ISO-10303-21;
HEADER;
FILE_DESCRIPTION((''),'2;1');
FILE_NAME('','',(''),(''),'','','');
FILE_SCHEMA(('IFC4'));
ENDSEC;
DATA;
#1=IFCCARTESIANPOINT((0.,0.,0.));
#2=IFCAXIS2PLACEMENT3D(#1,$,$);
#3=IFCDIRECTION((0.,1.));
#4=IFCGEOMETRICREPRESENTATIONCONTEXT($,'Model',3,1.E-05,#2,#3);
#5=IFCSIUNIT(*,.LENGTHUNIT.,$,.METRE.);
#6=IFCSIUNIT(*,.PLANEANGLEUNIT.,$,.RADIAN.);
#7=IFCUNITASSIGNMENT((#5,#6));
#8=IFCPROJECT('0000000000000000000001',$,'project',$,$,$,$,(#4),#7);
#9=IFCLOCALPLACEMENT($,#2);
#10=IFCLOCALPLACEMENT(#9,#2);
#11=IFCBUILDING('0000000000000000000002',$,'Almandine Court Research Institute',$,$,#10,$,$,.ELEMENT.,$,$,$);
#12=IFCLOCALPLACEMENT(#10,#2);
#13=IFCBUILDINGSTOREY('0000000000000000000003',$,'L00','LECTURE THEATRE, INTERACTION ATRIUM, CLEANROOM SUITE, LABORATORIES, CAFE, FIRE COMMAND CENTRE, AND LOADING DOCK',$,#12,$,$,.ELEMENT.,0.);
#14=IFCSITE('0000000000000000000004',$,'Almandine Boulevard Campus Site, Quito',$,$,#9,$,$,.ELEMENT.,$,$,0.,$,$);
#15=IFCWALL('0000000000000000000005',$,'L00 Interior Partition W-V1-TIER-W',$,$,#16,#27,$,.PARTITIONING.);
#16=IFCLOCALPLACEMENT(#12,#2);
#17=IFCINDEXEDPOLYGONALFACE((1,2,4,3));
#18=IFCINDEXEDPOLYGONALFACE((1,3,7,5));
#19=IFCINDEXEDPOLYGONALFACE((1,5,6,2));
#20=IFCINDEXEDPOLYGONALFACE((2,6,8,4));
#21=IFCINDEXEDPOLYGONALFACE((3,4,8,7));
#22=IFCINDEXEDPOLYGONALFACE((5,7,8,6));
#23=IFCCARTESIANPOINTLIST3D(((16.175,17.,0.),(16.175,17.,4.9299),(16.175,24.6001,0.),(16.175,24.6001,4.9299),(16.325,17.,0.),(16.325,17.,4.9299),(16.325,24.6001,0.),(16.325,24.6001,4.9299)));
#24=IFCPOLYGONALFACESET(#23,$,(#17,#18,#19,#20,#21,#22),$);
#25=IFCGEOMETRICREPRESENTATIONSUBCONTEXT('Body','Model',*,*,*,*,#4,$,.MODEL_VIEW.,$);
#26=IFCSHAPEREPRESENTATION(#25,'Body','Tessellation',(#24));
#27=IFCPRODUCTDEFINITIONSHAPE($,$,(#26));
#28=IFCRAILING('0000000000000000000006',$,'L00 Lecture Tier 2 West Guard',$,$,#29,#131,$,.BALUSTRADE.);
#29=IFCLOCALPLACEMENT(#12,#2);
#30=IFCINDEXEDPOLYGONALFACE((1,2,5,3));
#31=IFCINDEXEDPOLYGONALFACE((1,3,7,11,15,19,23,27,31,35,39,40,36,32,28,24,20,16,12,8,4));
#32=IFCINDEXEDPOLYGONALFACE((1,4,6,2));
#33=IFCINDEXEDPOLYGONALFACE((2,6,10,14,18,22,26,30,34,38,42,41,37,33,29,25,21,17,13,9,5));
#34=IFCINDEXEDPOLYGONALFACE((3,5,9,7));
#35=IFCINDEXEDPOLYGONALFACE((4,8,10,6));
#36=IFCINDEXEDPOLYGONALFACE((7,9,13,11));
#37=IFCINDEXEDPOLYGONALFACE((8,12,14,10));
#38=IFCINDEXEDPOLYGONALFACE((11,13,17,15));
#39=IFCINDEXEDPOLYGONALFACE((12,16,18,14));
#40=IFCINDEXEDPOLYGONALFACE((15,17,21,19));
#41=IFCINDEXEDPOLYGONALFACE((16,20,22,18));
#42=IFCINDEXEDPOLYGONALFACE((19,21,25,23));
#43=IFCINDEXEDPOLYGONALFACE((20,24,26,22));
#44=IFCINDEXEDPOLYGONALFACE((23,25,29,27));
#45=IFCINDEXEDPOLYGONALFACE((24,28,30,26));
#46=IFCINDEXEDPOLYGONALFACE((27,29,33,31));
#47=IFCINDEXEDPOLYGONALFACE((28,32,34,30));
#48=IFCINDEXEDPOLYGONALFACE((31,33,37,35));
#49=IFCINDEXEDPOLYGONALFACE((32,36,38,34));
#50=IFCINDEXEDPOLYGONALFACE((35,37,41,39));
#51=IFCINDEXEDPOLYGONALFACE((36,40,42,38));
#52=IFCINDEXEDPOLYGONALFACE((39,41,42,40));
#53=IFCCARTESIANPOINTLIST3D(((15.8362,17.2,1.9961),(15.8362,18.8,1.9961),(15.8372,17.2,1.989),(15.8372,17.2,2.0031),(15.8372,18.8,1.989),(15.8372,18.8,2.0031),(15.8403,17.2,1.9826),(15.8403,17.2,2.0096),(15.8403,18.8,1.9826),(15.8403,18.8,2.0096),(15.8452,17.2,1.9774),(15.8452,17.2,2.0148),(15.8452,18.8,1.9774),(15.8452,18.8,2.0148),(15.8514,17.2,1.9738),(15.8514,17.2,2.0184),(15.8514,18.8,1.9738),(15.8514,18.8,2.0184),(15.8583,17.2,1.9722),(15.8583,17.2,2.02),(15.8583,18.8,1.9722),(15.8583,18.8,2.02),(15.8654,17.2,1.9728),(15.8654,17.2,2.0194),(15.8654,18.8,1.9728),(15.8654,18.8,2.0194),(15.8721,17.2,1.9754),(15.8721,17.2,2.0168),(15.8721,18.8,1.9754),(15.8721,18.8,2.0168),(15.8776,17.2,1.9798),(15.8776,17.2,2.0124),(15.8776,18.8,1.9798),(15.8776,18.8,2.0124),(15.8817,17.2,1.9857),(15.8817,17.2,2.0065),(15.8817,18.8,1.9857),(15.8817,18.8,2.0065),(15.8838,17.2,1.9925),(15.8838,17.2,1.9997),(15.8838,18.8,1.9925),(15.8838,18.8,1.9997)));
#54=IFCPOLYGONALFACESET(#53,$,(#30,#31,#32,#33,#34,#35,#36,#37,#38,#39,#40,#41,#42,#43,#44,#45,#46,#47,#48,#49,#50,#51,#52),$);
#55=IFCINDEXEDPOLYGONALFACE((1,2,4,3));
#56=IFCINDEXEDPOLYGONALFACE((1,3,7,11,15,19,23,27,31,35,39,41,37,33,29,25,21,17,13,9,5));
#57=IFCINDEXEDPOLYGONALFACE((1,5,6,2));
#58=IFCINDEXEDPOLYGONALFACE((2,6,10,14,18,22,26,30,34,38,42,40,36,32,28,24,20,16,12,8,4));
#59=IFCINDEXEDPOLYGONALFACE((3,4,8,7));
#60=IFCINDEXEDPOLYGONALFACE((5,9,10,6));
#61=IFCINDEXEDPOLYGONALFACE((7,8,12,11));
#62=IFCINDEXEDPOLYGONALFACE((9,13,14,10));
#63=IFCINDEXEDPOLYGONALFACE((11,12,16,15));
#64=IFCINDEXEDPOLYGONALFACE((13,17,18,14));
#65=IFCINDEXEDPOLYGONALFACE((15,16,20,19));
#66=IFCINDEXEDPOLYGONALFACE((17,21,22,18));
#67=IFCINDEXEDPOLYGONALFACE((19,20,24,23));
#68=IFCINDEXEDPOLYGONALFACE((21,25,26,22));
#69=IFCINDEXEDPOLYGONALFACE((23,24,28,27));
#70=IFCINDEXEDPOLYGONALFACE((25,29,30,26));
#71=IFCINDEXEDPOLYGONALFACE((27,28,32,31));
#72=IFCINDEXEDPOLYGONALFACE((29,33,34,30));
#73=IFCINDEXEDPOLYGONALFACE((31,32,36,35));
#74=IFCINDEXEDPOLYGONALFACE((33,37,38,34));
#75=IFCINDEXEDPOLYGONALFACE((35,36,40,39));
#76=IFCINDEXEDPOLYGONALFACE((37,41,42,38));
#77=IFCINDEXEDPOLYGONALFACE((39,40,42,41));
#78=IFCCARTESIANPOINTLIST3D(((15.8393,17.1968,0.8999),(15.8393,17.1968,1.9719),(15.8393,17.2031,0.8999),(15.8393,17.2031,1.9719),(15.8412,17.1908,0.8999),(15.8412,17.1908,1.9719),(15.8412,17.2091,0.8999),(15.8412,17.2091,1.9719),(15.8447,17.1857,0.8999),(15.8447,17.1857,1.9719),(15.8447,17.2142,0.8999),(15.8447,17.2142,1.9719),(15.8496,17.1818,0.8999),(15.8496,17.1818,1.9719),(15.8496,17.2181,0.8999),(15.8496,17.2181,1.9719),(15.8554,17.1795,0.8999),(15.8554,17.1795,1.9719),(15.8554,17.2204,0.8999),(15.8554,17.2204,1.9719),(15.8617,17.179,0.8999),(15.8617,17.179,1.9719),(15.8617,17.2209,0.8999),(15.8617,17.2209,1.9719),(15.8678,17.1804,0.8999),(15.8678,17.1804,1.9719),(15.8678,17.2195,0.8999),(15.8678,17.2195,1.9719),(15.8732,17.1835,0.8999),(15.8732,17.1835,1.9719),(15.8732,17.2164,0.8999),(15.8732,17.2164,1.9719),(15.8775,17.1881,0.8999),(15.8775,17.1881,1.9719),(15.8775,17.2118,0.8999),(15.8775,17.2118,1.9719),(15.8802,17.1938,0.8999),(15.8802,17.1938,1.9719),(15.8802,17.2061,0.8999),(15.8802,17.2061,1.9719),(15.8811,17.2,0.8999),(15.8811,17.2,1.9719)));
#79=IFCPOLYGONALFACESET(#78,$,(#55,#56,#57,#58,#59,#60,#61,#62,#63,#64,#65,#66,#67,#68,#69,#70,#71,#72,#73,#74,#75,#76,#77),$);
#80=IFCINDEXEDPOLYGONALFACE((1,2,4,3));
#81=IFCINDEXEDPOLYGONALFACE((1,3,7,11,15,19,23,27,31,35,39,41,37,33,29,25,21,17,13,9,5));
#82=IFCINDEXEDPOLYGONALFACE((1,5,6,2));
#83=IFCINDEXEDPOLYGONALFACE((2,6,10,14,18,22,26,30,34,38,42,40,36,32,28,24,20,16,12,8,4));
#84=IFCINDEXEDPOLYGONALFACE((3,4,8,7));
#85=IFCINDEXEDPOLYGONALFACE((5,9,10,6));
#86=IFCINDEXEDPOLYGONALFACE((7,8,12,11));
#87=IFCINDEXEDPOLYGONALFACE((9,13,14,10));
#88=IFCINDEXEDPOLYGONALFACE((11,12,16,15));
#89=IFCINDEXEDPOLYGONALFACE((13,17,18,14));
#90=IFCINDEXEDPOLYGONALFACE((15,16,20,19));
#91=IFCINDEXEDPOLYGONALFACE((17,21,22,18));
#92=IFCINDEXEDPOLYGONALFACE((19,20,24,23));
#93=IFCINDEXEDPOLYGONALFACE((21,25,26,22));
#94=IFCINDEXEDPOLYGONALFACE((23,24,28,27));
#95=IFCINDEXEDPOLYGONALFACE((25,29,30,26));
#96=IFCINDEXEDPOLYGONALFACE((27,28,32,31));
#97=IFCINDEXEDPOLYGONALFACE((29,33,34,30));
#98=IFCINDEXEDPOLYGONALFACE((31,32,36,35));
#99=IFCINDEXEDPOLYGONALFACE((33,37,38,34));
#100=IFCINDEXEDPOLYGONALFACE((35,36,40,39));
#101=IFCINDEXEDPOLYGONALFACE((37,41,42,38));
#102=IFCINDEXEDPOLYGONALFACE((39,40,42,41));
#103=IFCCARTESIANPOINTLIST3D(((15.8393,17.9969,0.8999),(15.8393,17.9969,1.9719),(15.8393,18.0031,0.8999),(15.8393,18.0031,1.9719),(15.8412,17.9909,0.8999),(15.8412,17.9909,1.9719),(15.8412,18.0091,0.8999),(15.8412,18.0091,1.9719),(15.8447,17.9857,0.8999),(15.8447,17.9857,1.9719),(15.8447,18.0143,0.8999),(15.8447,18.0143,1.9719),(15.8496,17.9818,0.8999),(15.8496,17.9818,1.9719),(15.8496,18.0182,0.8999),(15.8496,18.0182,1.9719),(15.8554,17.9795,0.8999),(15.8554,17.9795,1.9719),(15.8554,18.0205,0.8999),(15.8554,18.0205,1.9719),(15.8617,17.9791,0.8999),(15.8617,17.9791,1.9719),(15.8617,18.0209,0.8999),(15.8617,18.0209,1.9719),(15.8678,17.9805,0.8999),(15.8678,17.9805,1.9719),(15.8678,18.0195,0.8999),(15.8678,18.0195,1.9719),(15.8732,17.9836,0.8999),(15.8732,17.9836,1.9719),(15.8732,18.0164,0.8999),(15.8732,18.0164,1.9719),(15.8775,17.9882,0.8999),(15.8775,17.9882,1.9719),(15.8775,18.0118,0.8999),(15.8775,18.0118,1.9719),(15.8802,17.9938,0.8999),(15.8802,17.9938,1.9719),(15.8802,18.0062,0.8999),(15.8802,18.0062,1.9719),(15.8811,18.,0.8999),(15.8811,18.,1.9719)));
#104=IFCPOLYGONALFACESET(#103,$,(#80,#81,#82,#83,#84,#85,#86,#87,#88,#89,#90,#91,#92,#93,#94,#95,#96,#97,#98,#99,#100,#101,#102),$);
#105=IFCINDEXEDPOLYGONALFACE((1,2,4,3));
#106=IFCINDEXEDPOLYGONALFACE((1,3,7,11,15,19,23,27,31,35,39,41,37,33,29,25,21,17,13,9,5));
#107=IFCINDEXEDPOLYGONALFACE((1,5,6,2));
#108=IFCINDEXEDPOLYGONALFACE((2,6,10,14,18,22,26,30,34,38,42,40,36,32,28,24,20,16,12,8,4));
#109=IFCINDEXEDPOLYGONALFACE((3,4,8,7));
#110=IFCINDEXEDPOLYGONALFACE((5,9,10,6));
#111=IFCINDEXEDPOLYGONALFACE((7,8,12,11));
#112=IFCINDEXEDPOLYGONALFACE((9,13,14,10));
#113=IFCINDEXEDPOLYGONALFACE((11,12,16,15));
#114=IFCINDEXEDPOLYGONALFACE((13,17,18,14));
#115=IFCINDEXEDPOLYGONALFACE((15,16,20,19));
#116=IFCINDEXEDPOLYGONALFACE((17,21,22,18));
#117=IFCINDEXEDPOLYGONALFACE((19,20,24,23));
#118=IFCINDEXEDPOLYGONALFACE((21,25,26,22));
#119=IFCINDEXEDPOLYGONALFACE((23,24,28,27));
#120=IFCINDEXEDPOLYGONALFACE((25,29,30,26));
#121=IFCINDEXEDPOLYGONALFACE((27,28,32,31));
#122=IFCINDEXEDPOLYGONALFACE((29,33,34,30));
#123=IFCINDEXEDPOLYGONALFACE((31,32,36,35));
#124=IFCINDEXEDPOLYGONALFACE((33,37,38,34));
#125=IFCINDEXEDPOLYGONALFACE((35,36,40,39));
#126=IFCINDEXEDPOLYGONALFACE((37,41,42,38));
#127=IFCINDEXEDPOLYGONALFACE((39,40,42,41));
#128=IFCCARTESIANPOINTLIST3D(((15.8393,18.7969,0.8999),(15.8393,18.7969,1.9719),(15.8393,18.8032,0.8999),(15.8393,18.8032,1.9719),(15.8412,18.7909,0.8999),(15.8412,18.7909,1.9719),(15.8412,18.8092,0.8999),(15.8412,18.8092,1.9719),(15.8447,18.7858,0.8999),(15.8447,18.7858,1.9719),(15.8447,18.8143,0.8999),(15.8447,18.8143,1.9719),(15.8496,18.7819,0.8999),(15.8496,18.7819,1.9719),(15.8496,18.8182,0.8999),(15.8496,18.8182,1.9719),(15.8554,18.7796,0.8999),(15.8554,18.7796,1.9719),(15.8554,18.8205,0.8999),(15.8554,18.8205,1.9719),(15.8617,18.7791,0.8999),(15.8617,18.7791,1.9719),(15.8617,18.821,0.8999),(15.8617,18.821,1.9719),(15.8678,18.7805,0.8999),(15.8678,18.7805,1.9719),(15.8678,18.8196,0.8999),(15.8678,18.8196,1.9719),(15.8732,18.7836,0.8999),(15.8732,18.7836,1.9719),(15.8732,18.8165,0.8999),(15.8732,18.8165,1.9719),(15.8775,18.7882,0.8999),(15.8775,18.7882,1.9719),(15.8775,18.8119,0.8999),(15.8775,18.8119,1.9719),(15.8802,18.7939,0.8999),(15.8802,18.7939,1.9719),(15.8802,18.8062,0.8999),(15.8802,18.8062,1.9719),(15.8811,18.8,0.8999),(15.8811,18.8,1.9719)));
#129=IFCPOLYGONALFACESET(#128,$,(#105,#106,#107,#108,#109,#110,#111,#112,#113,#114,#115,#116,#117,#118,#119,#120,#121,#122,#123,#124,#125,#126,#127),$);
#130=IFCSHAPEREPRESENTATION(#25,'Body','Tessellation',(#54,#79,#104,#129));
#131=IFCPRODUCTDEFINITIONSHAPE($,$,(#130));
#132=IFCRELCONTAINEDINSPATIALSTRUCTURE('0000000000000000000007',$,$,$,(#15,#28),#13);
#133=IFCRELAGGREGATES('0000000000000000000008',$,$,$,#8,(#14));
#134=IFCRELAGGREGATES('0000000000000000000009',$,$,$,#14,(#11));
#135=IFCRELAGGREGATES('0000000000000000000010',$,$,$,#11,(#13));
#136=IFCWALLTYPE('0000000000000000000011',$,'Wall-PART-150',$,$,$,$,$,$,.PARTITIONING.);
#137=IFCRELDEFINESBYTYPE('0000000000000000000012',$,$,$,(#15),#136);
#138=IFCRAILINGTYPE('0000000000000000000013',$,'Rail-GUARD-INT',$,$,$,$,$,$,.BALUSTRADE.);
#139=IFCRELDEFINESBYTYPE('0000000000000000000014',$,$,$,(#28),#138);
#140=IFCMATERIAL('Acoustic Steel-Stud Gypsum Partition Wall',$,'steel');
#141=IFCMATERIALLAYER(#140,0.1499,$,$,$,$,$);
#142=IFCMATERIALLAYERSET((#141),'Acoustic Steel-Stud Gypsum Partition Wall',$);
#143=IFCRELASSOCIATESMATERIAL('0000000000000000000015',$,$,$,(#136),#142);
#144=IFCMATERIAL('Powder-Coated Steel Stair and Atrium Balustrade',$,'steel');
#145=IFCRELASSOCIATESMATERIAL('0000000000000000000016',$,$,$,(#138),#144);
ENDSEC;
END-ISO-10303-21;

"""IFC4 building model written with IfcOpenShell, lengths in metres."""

from ifc_helpers import new_model, si_unit, direction, frame, frame_2d, origin, origin_2d, place, context, subcontext, project, spatial, rectangle, circle, extrude, material, layer, layer_set, type_object, element, save


model = new_model("IFC4")

# Units and contexts
model_context = context("Model", 3, precision=1e-05, world=origin(), true_north=direction((0.0, 1.0)))
body_context = subcontext(model_context, "Body", "Model", "MODEL_VIEW")
ifc_project = project(units=[si_unit("LENGTHUNIT", "METRE"), si_unit("PLANEANGLEUNIT", "RADIAN")], contexts=[model_context])

# Site, building, storey
site_placement = place(None, origin())
site = spatial("IfcSite", under=ifc_project, at=site_placement, Name="Almandine Boulevard Campus Site, Quito", CompositionType="ELEMENT", RefElevation=0.0)
building_placement = place(site_placement, origin())
building = spatial("IfcBuilding", under=site, at=building_placement, Name="Almandine Court Research Institute", CompositionType="ELEMENT")
storey_placement = place(building_placement, origin())
storey = spatial("IfcBuildingStorey", under=building, at=storey_placement, Name="L00", Description="LECTURE THEATRE, INTERACTION ATRIUM, CLEANROOM SUITE, LABORATORIES, CAFE, FIRE COMMAND CENTRE, AND LOADING DOCK", CompositionType="ELEMENT", Elevation=0.0)

# Wall
ifc_material_1 = material(Name="Acoustic Steel-Stud Gypsum Partition Wall", Category="steel")
ifc_layer = layer(ifc_material_1, 0.1499)
ifc_layer_set = layer_set([ifc_layer], Name="Acoustic Steel-Stud Gypsum Partition Wall")
wall_type = type_object("IfcWallType", Name="Wall-PART-150", PredefinedType="PARTITIONING", material=ifc_layer_set)
wall_placement = place(storey_placement, frame((16.25, 17.0, 0.0), z_axis=(0.0, 0.0, 1.0), x_axis=(0.0, 1.0, 0.0)))
element("IfcWall", 1, at=wall_placement, inside=storey, type_object=wall_type, Name="L00 Interior Partition W-V1-TIER-W", PredefinedType="PARTITIONING", context=body_context, shape_type="SweptSolid", body=[
    extrude(rectangle(XDim=7.6001, YDim=0.1499, at=frame_2d((3.8, 0.0))), origin(), (0.0, 0.0, 1.0), 4.9299),
])

# Railing
ifc_material_2 = material(Name="Powder-Coated Steel Stair and Atrium Balustrade", Category="steel")
railing_type = type_object("IfcRailingType", Name="Rail-GUARD-INT", PredefinedType="BALUSTRADE", material=ifc_material_2)
railing_1_placement = place(storey_placement, frame((15.8601, 17.2, 0.8999)))
element("IfcRailing", 2, at=railing_1_placement, inside=storey, type_object=railing_type, Name="L00 Lecture Tier 2 West Guard", PredefinedType="BALUSTRADE", context=body_context, shape_type="SweptSolid", body=[
    extrude(circle(Radius=0.0239, at=origin_2d()), frame((0.0, 0.0, 1.0962), z_axis=(0.0, 1.0, 0.0), x_axis=(-1.0, 0.0, 0.0)), (0.0, 0.0, 1.0), 1.6001),
    extrude(circle(Radius=0.021, at=origin_2d()), origin(), (0.0, 0.0, 1.0), 1.072),
    extrude(circle(Radius=0.021, at=origin_2d()), frame((0.0, 0.8, 0.0)), (0.0, 0.0, 1.0), 1.072),
    extrude(circle(Radius=0.021, at=origin_2d()), frame((0.0, 1.6001, 0.0)), (0.0, 0.0, 1.0), 1.072),
])

save(model, "model.ifc")
